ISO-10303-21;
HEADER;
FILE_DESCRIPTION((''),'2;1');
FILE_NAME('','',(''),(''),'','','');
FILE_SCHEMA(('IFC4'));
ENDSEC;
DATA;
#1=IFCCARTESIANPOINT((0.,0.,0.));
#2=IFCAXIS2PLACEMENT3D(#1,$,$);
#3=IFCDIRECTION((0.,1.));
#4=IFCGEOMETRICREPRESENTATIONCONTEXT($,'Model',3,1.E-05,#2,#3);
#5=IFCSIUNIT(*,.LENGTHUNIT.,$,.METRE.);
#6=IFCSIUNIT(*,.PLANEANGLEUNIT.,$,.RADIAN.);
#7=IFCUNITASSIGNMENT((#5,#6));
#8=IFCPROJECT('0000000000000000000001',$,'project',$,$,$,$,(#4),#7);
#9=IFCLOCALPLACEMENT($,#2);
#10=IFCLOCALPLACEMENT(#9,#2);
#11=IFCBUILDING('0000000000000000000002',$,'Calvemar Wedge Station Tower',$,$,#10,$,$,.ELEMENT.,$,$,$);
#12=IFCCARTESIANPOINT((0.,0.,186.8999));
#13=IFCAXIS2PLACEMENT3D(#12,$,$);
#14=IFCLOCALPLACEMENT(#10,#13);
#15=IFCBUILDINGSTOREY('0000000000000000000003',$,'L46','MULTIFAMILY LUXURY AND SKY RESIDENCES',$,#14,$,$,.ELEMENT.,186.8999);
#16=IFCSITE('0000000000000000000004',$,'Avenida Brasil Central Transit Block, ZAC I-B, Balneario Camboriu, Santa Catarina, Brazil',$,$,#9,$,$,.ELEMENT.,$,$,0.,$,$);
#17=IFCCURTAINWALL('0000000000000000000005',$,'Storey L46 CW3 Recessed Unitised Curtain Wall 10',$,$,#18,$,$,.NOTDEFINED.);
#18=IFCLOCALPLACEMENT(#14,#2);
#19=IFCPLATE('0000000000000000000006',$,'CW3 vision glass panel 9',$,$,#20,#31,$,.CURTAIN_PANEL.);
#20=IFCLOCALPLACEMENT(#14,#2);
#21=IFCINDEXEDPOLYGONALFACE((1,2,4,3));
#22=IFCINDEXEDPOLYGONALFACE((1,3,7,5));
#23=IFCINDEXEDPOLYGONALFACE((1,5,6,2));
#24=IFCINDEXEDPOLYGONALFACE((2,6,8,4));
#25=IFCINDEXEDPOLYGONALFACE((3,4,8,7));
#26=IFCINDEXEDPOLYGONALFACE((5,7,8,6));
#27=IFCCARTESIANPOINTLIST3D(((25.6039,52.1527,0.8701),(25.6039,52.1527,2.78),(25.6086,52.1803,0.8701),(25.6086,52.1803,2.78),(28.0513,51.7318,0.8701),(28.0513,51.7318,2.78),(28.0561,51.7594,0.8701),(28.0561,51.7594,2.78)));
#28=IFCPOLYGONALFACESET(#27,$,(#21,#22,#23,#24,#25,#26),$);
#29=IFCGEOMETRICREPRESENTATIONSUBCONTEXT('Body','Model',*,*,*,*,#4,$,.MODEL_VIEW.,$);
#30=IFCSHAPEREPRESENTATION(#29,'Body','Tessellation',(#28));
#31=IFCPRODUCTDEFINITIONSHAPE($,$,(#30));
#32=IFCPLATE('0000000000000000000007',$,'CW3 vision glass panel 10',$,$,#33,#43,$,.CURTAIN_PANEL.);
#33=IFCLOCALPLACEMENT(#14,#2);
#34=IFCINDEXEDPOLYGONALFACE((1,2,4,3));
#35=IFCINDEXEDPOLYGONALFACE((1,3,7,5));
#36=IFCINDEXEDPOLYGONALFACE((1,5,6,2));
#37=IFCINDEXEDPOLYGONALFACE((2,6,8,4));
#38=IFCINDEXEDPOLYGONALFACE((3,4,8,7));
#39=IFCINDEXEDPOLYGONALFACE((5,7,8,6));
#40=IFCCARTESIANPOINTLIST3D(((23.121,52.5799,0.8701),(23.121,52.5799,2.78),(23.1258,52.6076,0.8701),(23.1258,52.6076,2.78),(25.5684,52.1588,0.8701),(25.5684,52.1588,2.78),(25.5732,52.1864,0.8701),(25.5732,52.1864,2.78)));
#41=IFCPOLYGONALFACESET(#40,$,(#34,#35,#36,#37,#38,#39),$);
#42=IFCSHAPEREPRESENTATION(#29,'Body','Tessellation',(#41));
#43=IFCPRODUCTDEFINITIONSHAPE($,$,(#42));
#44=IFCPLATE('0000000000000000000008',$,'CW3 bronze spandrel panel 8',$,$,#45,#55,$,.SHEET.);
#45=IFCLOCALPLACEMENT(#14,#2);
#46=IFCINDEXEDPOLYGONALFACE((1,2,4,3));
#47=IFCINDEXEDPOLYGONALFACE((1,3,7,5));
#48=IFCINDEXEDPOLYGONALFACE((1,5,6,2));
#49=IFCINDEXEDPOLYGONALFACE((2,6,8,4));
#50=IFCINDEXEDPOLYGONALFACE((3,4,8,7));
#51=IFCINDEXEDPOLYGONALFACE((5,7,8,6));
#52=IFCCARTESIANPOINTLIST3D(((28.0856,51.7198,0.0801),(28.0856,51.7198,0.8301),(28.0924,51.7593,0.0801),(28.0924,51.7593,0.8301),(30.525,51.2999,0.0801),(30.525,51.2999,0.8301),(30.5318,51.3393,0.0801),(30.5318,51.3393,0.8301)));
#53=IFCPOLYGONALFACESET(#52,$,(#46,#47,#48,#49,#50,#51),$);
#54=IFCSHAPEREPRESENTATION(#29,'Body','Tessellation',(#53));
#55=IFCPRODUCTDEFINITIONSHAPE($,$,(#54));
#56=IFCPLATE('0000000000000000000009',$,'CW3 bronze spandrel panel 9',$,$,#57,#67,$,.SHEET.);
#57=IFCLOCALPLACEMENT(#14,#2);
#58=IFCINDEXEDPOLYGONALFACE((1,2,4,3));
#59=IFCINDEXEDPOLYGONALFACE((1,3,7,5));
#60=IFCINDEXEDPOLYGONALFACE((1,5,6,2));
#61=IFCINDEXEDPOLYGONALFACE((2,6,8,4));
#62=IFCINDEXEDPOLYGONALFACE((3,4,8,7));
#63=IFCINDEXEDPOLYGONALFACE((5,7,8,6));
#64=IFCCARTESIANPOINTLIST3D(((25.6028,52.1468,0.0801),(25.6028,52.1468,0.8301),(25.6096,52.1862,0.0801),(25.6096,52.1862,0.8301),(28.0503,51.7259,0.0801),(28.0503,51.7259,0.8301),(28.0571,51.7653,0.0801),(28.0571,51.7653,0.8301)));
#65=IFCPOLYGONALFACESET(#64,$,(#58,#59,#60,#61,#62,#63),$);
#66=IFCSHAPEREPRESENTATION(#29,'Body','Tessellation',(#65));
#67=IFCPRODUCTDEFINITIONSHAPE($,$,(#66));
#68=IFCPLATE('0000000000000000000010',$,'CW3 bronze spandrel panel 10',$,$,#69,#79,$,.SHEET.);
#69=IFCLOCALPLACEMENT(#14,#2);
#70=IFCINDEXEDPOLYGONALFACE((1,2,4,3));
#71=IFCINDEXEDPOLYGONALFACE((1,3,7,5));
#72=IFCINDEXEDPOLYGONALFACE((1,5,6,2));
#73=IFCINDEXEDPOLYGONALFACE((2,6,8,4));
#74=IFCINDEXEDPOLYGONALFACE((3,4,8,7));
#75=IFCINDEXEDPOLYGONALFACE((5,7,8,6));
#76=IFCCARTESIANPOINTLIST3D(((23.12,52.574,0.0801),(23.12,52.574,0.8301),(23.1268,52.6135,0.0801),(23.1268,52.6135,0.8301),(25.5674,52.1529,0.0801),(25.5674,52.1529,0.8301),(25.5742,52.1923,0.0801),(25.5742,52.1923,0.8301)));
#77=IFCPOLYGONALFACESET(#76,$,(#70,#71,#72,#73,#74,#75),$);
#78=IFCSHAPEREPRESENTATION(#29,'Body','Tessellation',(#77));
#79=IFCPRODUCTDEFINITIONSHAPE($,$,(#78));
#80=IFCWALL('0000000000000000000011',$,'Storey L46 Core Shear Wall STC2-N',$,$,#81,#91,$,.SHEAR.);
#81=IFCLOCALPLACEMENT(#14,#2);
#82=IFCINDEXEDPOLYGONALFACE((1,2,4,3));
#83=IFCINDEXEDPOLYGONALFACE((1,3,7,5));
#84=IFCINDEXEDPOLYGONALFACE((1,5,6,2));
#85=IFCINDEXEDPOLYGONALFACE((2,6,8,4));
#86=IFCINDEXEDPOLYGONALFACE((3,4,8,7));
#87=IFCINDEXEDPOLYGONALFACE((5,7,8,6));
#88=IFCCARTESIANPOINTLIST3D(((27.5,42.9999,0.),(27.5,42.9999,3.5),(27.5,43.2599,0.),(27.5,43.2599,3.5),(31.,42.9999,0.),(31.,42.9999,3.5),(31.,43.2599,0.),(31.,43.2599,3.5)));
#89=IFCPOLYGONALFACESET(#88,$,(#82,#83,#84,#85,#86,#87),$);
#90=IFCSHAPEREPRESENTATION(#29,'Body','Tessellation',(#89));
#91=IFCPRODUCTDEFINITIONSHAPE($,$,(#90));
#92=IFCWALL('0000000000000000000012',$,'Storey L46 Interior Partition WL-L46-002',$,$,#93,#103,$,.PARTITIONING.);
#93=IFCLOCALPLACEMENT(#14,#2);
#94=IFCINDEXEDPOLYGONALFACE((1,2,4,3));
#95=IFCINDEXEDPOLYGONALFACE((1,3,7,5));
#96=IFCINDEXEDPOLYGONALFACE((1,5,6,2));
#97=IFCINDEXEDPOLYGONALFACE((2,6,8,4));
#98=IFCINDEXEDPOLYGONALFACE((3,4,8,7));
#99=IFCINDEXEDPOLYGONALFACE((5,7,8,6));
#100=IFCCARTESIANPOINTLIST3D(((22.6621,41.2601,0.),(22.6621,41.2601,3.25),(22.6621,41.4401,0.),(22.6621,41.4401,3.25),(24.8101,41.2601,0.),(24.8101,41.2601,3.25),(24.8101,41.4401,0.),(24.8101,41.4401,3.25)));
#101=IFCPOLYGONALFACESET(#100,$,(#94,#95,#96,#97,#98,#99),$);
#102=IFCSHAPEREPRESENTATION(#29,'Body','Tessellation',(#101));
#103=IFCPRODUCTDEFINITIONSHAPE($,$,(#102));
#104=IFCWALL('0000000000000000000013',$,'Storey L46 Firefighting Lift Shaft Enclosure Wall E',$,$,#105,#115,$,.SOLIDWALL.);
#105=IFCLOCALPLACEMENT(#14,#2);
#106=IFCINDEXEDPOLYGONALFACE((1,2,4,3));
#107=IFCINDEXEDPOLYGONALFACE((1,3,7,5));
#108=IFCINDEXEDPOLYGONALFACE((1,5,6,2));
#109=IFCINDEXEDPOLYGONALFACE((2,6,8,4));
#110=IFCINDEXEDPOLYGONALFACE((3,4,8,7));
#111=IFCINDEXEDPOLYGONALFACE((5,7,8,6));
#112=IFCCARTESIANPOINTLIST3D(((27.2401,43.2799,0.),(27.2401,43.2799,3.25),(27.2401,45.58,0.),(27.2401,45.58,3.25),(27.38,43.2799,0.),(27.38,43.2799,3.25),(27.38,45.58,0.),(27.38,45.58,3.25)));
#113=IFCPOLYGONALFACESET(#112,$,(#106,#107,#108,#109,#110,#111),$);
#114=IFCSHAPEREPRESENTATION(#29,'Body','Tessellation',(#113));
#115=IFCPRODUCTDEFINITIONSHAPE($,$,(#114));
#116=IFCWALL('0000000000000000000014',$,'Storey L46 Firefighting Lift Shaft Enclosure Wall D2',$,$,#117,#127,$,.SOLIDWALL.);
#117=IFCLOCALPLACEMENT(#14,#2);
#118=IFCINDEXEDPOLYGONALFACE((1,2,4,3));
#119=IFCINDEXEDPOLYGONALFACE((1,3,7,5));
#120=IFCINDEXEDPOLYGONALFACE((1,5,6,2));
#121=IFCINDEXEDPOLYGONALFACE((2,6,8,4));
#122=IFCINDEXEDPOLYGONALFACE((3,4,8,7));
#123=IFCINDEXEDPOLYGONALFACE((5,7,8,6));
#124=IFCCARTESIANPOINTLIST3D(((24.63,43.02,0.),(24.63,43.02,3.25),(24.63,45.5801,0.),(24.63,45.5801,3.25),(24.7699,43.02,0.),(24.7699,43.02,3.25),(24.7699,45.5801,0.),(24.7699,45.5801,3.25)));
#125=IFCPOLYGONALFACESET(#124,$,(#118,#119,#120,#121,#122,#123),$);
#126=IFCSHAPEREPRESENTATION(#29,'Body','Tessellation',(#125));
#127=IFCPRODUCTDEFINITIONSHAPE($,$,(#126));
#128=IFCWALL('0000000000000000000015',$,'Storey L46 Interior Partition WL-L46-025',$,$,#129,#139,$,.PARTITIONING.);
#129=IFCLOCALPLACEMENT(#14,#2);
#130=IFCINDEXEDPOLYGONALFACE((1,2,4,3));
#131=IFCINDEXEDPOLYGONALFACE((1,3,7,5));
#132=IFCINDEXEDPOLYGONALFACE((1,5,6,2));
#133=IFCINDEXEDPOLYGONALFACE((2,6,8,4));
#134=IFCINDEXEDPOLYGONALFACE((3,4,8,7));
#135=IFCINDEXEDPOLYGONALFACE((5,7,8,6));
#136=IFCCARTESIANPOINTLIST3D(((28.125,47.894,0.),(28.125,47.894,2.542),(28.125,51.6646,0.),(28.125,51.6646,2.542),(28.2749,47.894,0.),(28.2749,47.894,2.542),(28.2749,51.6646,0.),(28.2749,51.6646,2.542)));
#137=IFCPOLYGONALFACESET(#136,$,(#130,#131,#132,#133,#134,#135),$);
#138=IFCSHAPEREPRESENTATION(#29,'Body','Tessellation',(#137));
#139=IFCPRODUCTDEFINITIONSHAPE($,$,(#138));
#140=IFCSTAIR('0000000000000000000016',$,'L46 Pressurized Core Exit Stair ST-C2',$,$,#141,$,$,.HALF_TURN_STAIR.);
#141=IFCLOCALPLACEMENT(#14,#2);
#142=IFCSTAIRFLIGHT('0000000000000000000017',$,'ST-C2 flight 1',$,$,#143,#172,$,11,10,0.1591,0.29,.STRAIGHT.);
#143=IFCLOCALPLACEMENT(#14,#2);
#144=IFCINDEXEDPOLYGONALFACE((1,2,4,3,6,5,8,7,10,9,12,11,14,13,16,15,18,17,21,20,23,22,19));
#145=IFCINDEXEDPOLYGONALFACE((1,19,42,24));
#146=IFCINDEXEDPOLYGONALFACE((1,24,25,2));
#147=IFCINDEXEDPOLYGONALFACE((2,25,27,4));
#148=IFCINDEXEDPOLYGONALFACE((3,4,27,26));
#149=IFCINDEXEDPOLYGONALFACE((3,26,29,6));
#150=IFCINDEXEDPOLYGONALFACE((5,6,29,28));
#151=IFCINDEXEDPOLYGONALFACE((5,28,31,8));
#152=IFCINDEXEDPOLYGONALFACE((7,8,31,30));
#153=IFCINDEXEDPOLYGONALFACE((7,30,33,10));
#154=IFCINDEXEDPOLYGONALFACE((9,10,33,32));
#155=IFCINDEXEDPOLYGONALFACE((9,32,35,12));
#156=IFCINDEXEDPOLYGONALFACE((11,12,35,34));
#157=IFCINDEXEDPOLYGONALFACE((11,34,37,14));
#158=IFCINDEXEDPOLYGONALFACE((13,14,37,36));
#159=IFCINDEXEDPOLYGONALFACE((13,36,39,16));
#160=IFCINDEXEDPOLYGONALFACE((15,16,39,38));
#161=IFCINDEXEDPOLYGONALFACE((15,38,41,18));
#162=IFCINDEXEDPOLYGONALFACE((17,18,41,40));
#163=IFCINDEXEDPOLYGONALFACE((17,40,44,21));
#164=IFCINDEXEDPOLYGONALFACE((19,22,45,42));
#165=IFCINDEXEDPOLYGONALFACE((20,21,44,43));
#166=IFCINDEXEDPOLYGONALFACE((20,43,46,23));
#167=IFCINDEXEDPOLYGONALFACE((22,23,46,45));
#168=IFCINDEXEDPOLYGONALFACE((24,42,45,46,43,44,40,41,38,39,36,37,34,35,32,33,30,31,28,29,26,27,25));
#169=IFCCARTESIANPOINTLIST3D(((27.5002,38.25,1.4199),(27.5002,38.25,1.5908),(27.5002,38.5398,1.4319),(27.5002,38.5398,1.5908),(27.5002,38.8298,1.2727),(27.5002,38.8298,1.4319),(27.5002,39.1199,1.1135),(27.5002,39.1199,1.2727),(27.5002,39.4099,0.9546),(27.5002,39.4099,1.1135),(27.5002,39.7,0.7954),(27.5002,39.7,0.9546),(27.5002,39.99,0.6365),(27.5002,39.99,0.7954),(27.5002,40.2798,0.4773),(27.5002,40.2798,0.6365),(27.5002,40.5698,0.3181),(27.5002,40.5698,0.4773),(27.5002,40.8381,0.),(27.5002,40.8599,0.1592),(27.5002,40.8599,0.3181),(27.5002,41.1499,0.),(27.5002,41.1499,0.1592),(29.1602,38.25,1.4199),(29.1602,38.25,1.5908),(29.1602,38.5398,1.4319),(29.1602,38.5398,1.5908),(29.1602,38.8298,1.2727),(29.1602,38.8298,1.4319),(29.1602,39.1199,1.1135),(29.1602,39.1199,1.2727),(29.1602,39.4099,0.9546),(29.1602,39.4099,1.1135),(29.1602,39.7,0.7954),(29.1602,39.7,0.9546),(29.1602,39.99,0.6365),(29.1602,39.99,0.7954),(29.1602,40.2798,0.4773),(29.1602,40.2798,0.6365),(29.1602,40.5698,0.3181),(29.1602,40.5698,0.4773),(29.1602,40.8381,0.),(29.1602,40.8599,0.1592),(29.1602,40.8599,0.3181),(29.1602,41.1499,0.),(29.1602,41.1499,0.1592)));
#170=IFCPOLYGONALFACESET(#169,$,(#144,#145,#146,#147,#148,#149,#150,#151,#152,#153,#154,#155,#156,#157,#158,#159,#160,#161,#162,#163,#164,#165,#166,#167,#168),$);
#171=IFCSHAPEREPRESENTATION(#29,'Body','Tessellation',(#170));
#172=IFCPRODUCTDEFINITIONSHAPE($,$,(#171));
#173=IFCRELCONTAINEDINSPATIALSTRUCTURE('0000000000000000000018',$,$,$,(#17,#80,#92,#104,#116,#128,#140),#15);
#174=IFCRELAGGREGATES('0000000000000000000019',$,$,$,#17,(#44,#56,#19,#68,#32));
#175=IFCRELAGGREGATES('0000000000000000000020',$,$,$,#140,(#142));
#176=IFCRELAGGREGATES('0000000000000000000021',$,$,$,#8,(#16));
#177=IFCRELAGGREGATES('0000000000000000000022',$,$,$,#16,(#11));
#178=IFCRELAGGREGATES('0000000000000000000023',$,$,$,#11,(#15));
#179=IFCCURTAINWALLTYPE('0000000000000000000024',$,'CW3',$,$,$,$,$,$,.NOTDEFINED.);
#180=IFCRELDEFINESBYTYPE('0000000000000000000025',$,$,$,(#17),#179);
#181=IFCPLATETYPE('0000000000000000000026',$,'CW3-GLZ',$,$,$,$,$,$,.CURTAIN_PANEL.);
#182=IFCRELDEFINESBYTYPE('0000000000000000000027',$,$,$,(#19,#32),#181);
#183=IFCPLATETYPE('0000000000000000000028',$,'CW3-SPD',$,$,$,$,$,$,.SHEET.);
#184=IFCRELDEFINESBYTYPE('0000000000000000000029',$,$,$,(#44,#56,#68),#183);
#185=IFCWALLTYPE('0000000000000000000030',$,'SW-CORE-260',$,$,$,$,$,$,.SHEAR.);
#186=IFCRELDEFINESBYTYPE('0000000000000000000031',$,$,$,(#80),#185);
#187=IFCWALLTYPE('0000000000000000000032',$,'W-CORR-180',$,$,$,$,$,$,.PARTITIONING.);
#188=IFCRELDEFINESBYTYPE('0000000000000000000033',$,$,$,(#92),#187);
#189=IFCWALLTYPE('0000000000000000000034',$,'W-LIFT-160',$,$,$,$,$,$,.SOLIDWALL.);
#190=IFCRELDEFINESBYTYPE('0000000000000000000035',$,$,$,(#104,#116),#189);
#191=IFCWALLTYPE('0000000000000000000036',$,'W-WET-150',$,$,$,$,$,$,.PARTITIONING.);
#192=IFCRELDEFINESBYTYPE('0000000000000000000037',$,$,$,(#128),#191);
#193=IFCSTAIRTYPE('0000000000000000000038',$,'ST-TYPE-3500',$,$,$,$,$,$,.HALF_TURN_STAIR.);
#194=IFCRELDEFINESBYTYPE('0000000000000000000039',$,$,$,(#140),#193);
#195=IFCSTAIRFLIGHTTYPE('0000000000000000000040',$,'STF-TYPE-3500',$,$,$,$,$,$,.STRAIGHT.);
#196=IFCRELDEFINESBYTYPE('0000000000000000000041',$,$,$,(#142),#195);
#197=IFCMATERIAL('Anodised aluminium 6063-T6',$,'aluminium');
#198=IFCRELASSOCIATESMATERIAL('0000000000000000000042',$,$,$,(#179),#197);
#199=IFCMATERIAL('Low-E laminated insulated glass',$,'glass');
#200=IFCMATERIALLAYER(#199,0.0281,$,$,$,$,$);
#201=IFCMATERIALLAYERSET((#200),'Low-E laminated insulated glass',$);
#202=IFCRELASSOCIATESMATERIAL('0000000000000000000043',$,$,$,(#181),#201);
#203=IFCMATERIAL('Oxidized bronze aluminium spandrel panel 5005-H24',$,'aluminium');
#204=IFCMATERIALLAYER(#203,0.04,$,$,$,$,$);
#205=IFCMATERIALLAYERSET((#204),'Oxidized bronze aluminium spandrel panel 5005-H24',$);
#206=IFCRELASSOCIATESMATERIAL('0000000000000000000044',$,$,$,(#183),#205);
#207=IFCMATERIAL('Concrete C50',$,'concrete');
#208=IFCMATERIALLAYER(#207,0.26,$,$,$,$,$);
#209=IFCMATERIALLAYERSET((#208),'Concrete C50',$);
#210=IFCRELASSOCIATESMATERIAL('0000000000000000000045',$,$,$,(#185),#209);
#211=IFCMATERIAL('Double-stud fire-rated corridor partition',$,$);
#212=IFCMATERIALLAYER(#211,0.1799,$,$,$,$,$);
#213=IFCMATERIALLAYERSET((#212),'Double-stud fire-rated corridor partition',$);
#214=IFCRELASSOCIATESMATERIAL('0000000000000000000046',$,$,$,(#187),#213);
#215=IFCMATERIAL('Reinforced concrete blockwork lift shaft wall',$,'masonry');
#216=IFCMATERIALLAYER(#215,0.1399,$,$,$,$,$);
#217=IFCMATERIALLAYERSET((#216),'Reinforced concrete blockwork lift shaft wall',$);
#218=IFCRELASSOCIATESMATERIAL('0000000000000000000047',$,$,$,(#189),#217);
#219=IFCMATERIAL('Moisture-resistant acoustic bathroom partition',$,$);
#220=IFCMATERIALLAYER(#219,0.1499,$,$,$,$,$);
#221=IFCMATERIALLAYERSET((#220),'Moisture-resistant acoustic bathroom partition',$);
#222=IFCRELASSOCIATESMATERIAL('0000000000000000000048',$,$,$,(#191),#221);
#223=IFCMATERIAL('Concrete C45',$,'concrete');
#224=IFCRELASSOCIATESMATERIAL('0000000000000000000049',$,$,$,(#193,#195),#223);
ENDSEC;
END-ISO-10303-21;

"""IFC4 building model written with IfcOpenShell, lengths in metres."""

from ifc_helpers import new_model, si_unit, direction, frame, frame_2d, origin, place, context, subcontext, project, spatial, polyline, rectangle, outline, extrude, material, layer, layer_set, type_object, element, aggregate, save


model = new_model("IFC4")

# Units and contexts
model_context = context("Model", 3, precision=1e-05, world=origin(), true_north=direction((0.0, 1.0)))
body_context = subcontext(model_context, "Body", "Model", "MODEL_VIEW")
ifc_project = project(units=[si_unit("LENGTHUNIT", "METRE"), si_unit("PLANEANGLEUNIT", "RADIAN")], contexts=[model_context])

# Site, building, storey
site_placement = place(None, origin())
site = spatial("IfcSite", under=ifc_project, at=site_placement, Name="Avenida Brasil Central Transit Block, ZAC I-B, Balneario Camboriu, Santa Catarina, Brazil", CompositionType="ELEMENT", RefElevation=0.0)
building_placement = place(site_placement, origin())
building = spatial("IfcBuilding", under=site, at=building_placement, Name="Calvemar Wedge Station Tower", CompositionType="ELEMENT")
storey_placement = place(building_placement, frame((0.0, 0.0, 186.8999)))
storey = spatial("IfcBuildingStorey", under=building, at=storey_placement, Name="L46", Description="MULTIFAMILY LUXURY AND SKY RESIDENCES", CompositionType="ELEMENT", Elevation=186.8999)

# Shared definitions
ifc_material_1 = material(Name="Concrete C50", Category="concrete")

# Curtain wall, plates
ifc_material_2 = material(Name="Anodised aluminium 6063-T6", Category="aluminium")
curtain_wall_type = type_object("IfcCurtainWallType", Name="CW3", PredefinedType="NOTDEFINED", material=ifc_material_2)
curtain_wall_placement = place(storey_placement, origin())
curtain_wall = element("IfcCurtainWall", 1, at=curtain_wall_placement, inside=storey, type_object=curtain_wall_type, Name="Storey L46 CW3 Recessed Unitised Curtain Wall 10", PredefinedType="NOTDEFINED")
ifc_material_3 = material(Name="Low-E laminated insulated glass", Category="glass")
ifc_layer_1 = layer(ifc_material_3, 0.0281)
ifc_layer_set_1 = layer_set([ifc_layer_1], Name="Low-E laminated insulated glass")
plate_type_1 = type_object("IfcPlateType", Name="CW3-GLZ", PredefinedType="CURTAIN_PANEL", material=ifc_layer_set_1)
plate_1_placement = place(storey_placement, frame((28.0537, 51.7456, 0.8701), z_axis=(0.0, 0.0, 1.0), x_axis=(-0.985533, 0.169482, 0.0)))
plate_1 = element("IfcPlate", 2, at=plate_1_placement, type_object=plate_type_1, Name="CW3 vision glass panel 9", PredefinedType="CURTAIN_PANEL", context=body_context, shape_type="SweptSolid", body=[
    extrude(rectangle(XDim=2.4834, YDim=0.0281, at=frame_2d((1.2417, 0.0))), origin(), (0.0, 0.0, 1.0), 1.9099),
])
plate_2_placement = place(storey_placement, frame((25.5708, 52.1726, 0.8701), z_axis=(0.0, 0.0, 1.0), x_axis=(-0.985517, 0.169578, 0.0)))
plate_2 = element("IfcPlate", 3, at=plate_2_placement, type_object=plate_type_1, Name="CW3 vision glass panel 10", PredefinedType="CURTAIN_PANEL", context=body_context, shape_type="SweptSolid", body=[
    extrude(rectangle(XDim=2.4834, YDim=0.0281, at=frame_2d((1.2417, 0.0))), origin(), (0.0, 0.0, 1.0), 1.9099),
])
ifc_material_4 = material(Name="Oxidized bronze aluminium spandrel panel 5005-H24", Category="aluminium")
ifc_layer_2 = layer(ifc_material_4, 0.04)
ifc_layer_set_2 = layer_set([ifc_layer_2], Name="Oxidized bronze aluminium spandrel panel 5005-H24")
plate_type_2 = type_object("IfcPlateType", Name="CW3-SPD", PredefinedType="SHEET", material=ifc_layer_set_2)
plate_3_placement = place(storey_placement, frame((30.5286, 51.3196, 0.0801), z_axis=(0.0, 0.0, 1.0), x_axis=(-0.985506, 0.169643, 0.0)))
plate_3 = element("IfcPlate", 4, at=plate_3_placement, type_object=plate_type_2, Name="CW3 bronze spandrel panel 8", PredefinedType="SHEET", context=body_context, shape_type="SweptSolid", body=[
    extrude(rectangle(XDim=2.4753, YDim=0.04, at=frame_2d((1.2378, 0.0))), origin(), (0.0, 0.0, 1.0), 0.75),
])
plate_4_placement = place(storey_placement, frame((28.0537, 51.7456, 0.0801), z_axis=(0.0, 0.0, 1.0), x_axis=(-0.985533, 0.169482, 0.0)))
plate_4 = element("IfcPlate", 5, at=plate_4_placement, type_object=plate_type_2, Name="CW3 bronze spandrel panel 9", PredefinedType="SHEET", context=body_context, shape_type="SweptSolid", body=[
    extrude(rectangle(XDim=2.4834, YDim=0.04, at=frame_2d((1.2417, 0.0))), origin(), (0.0, 0.0, 1.0), 0.75),
])
plate_5_placement = place(storey_placement, frame((25.5708, 52.1726, 0.0801), z_axis=(0.0, 0.0, 1.0), x_axis=(-0.985517, 0.169578, 0.0)))
plate_5 = element("IfcPlate", 6, at=plate_5_placement, type_object=plate_type_2, Name="CW3 bronze spandrel panel 10", PredefinedType="SHEET", context=body_context, shape_type="SweptSolid", body=[
    extrude(rectangle(XDim=2.4834, YDim=0.04, at=frame_2d((1.2417, 0.0))), origin(), (0.0, 0.0, 1.0), 0.75),
])
aggregate(curtain_wall, [plate_3, plate_4, plate_1, plate_5, plate_2])

# Walls
ifc_layer_3 = layer(ifc_material_1, 0.26)
ifc_layer_set_3 = layer_set([ifc_layer_3], Name="Concrete C50")
wall_type_1 = type_object("IfcWallType", Name="SW-CORE-260", PredefinedType="SHEAR", material=ifc_layer_set_3)
wall_1_placement = place(storey_placement, frame((27.5, 43.1299, 0.0), z_axis=(0.0, 0.0, 1.0), x_axis=(1.0, 0.0, 0.0)))
element("IfcWall", 7, at=wall_1_placement, inside=storey, type_object=wall_type_1, Name="Storey L46 Core Shear Wall STC2-N", PredefinedType="SHEAR", context=body_context, shape_type="SweptSolid", body=[
    extrude(rectangle(XDim=3.5, YDim=0.26, at=frame_2d((1.75, 0.0))), origin(), (0.0, 0.0, 1.0), 3.5),
])
ifc_material_5 = material(Name="Double-stud fire-rated corridor partition")
ifc_layer_4 = layer(ifc_material_5, 0.1799)
ifc_layer_set_4 = layer_set([ifc_layer_4], Name="Double-stud fire-rated corridor partition")
wall_type_2 = type_object("IfcWallType", Name="W-CORR-180", PredefinedType="PARTITIONING", material=ifc_layer_set_4)
wall_2_placement = place(storey_placement, frame((24.8101, 41.3501, 0.0), z_axis=(0.0, 0.0, 1.0), x_axis=(-1.0, 0.0, 0.0)))
element("IfcWall", 8, at=wall_2_placement, inside=storey, type_object=wall_type_2, Name="Storey L46 Interior Partition WL-L46-002", PredefinedType="PARTITIONING", context=body_context, shape_type="SweptSolid", body=[
    extrude(rectangle(XDim=2.1479, YDim=0.1799, at=frame_2d((1.074, 0.0))), origin(), (0.0, 0.0, 1.0), 3.25),
])

# Walls
ifc_material_6 = material(Name="Reinforced concrete blockwork lift shaft wall", Category="masonry")
ifc_layer_5 = layer(ifc_material_6, 0.1399)
ifc_layer_set_5 = layer_set([ifc_layer_5], Name="Reinforced concrete blockwork lift shaft wall")
wall_type_3 = type_object("IfcWallType", Name="W-LIFT-160", PredefinedType="SOLIDWALL", material=ifc_layer_set_5)
wall_3_placement = place(storey_placement, frame((27.3101, 43.28, 0.0), z_axis=(0.0, 0.0, 1.0), x_axis=(0.0, 1.0, 0.0)))
element("IfcWall", 9, at=wall_3_placement, inside=storey, type_object=wall_type_3, Name="Storey L46 Firefighting Lift Shaft Enclosure Wall E", PredefinedType="SOLIDWALL", context=body_context, shape_type="SweptSolid", body=[
    extrude(rectangle(XDim=2.3, YDim=0.1399, at=frame_2d((1.1499, 0.0))), origin(), (0.0, 0.0, 1.0), 3.25),
])
wall_4_placement = place(storey_placement, frame((24.7, 43.02, 0.0), z_axis=(0.0, 0.0, 1.0), x_axis=(0.0, 1.0, 0.0)))
element("IfcWall", 10, at=wall_4_placement, inside=storey, type_object=wall_type_3, Name="Storey L46 Firefighting Lift Shaft Enclosure Wall D2", PredefinedType="SOLIDWALL", context=body_context, shape_type="SweptSolid", body=[
    extrude(rectangle(XDim=2.5601, YDim=0.1399, at=frame_2d((1.28, 0.0))), origin(), (0.0, 0.0, 1.0), 3.25),
])
ifc_material_7 = material(Name="Moisture-resistant acoustic bathroom partition")
ifc_layer_6 = layer(ifc_material_7, 0.1499)
ifc_layer_set_6 = layer_set([ifc_layer_6], Name="Moisture-resistant acoustic bathroom partition")
wall_type_4 = type_object("IfcWallType", Name="W-WET-150", PredefinedType="PARTITIONING", material=ifc_layer_set_6)
wall_5_placement = place(storey_placement, frame((28.2, 51.6646, 0.0), z_axis=(0.0, 0.0, 1.0), x_axis=(0.0, -1.0, 0.0)))
element("IfcWall", 11, at=wall_5_placement, inside=storey, type_object=wall_type_4, Name="Storey L46 Interior Partition WL-L46-025", PredefinedType="PARTITIONING", context=body_context, shape_type="SweptSolid", body=[
    extrude(rectangle(XDim=3.7705, YDim=0.1499, at=frame_2d((1.8853, 0.0))), origin(), (0.0, 0.0, 1.0), 2.542),
])

# Stair, stair flight
ifc_material_8 = material(Name="Concrete C45", Category="concrete")
stair_type = type_object("IfcStairType", Name="ST-TYPE-3500", PredefinedType="HALF_TURN_STAIR", material=ifc_material_8)
stair_placement = place(storey_placement, origin())
stair = element("IfcStair", 12, at=stair_placement, inside=storey, type_object=stair_type, Name="L46 Pressurized Core Exit Stair ST-C2", PredefinedType="HALF_TURN_STAIR")
stair_flight_type = type_object("IfcStairFlightType", Name="STF-TYPE-3500", PredefinedType="STRAIGHT", material=ifc_material_8)
stair_flight_1_placement = place(storey_placement, frame((28.3301, 41.1499, 0.0), z_axis=(0.0, 0.0, 1.0), x_axis=(0.0, -1.0, 0.0)))
stair_flight_1 = element("IfcStairFlight", 13, at=stair_flight_1_placement, type_object=stair_flight_type, Name="ST-C2 flight 1", NumberOfRisers=11, NumberOfTreads=10, PredefinedType="STRAIGHT", RiserHeight=0.1591, TreadLength=0.29, context=body_context, shape_type="SweptSolid", body=[
    extrude(outline(polyline([(0.0, 0.0), (0.0, 0.1592), (0.29, 0.1592), (0.29, 0.3181), (0.5801, 0.3181), (0.5801, 0.4773), (0.8701, 0.4773), (0.8701, 0.6365), (1.1599, 0.6365), (1.1599, 0.7954), (1.45, 0.7954), (1.45, 0.9546), (1.74, 0.9546), (1.74, 1.1135), (2.03, 1.1135), (2.03, 1.2727), (2.3201, 1.2727), (2.3201, 1.4319), (2.6101, 1.4319), (2.6101, 1.5908), (2.8999, 1.5908), (2.8999, 1.75), (2.8999, 1.4199), (0.3118, 0.0), (0.0, 0.0)])), frame((0.0, 0.8301, 0.0), z_axis=(0.0, -1.0, 0.0), x_axis=(1.0, 0.0, 0.0)), (0.0, 0.0, 1.0), 1.6599),
])
aggregate(stair, [stair_flight_1])

save(model, "model.ifc")
